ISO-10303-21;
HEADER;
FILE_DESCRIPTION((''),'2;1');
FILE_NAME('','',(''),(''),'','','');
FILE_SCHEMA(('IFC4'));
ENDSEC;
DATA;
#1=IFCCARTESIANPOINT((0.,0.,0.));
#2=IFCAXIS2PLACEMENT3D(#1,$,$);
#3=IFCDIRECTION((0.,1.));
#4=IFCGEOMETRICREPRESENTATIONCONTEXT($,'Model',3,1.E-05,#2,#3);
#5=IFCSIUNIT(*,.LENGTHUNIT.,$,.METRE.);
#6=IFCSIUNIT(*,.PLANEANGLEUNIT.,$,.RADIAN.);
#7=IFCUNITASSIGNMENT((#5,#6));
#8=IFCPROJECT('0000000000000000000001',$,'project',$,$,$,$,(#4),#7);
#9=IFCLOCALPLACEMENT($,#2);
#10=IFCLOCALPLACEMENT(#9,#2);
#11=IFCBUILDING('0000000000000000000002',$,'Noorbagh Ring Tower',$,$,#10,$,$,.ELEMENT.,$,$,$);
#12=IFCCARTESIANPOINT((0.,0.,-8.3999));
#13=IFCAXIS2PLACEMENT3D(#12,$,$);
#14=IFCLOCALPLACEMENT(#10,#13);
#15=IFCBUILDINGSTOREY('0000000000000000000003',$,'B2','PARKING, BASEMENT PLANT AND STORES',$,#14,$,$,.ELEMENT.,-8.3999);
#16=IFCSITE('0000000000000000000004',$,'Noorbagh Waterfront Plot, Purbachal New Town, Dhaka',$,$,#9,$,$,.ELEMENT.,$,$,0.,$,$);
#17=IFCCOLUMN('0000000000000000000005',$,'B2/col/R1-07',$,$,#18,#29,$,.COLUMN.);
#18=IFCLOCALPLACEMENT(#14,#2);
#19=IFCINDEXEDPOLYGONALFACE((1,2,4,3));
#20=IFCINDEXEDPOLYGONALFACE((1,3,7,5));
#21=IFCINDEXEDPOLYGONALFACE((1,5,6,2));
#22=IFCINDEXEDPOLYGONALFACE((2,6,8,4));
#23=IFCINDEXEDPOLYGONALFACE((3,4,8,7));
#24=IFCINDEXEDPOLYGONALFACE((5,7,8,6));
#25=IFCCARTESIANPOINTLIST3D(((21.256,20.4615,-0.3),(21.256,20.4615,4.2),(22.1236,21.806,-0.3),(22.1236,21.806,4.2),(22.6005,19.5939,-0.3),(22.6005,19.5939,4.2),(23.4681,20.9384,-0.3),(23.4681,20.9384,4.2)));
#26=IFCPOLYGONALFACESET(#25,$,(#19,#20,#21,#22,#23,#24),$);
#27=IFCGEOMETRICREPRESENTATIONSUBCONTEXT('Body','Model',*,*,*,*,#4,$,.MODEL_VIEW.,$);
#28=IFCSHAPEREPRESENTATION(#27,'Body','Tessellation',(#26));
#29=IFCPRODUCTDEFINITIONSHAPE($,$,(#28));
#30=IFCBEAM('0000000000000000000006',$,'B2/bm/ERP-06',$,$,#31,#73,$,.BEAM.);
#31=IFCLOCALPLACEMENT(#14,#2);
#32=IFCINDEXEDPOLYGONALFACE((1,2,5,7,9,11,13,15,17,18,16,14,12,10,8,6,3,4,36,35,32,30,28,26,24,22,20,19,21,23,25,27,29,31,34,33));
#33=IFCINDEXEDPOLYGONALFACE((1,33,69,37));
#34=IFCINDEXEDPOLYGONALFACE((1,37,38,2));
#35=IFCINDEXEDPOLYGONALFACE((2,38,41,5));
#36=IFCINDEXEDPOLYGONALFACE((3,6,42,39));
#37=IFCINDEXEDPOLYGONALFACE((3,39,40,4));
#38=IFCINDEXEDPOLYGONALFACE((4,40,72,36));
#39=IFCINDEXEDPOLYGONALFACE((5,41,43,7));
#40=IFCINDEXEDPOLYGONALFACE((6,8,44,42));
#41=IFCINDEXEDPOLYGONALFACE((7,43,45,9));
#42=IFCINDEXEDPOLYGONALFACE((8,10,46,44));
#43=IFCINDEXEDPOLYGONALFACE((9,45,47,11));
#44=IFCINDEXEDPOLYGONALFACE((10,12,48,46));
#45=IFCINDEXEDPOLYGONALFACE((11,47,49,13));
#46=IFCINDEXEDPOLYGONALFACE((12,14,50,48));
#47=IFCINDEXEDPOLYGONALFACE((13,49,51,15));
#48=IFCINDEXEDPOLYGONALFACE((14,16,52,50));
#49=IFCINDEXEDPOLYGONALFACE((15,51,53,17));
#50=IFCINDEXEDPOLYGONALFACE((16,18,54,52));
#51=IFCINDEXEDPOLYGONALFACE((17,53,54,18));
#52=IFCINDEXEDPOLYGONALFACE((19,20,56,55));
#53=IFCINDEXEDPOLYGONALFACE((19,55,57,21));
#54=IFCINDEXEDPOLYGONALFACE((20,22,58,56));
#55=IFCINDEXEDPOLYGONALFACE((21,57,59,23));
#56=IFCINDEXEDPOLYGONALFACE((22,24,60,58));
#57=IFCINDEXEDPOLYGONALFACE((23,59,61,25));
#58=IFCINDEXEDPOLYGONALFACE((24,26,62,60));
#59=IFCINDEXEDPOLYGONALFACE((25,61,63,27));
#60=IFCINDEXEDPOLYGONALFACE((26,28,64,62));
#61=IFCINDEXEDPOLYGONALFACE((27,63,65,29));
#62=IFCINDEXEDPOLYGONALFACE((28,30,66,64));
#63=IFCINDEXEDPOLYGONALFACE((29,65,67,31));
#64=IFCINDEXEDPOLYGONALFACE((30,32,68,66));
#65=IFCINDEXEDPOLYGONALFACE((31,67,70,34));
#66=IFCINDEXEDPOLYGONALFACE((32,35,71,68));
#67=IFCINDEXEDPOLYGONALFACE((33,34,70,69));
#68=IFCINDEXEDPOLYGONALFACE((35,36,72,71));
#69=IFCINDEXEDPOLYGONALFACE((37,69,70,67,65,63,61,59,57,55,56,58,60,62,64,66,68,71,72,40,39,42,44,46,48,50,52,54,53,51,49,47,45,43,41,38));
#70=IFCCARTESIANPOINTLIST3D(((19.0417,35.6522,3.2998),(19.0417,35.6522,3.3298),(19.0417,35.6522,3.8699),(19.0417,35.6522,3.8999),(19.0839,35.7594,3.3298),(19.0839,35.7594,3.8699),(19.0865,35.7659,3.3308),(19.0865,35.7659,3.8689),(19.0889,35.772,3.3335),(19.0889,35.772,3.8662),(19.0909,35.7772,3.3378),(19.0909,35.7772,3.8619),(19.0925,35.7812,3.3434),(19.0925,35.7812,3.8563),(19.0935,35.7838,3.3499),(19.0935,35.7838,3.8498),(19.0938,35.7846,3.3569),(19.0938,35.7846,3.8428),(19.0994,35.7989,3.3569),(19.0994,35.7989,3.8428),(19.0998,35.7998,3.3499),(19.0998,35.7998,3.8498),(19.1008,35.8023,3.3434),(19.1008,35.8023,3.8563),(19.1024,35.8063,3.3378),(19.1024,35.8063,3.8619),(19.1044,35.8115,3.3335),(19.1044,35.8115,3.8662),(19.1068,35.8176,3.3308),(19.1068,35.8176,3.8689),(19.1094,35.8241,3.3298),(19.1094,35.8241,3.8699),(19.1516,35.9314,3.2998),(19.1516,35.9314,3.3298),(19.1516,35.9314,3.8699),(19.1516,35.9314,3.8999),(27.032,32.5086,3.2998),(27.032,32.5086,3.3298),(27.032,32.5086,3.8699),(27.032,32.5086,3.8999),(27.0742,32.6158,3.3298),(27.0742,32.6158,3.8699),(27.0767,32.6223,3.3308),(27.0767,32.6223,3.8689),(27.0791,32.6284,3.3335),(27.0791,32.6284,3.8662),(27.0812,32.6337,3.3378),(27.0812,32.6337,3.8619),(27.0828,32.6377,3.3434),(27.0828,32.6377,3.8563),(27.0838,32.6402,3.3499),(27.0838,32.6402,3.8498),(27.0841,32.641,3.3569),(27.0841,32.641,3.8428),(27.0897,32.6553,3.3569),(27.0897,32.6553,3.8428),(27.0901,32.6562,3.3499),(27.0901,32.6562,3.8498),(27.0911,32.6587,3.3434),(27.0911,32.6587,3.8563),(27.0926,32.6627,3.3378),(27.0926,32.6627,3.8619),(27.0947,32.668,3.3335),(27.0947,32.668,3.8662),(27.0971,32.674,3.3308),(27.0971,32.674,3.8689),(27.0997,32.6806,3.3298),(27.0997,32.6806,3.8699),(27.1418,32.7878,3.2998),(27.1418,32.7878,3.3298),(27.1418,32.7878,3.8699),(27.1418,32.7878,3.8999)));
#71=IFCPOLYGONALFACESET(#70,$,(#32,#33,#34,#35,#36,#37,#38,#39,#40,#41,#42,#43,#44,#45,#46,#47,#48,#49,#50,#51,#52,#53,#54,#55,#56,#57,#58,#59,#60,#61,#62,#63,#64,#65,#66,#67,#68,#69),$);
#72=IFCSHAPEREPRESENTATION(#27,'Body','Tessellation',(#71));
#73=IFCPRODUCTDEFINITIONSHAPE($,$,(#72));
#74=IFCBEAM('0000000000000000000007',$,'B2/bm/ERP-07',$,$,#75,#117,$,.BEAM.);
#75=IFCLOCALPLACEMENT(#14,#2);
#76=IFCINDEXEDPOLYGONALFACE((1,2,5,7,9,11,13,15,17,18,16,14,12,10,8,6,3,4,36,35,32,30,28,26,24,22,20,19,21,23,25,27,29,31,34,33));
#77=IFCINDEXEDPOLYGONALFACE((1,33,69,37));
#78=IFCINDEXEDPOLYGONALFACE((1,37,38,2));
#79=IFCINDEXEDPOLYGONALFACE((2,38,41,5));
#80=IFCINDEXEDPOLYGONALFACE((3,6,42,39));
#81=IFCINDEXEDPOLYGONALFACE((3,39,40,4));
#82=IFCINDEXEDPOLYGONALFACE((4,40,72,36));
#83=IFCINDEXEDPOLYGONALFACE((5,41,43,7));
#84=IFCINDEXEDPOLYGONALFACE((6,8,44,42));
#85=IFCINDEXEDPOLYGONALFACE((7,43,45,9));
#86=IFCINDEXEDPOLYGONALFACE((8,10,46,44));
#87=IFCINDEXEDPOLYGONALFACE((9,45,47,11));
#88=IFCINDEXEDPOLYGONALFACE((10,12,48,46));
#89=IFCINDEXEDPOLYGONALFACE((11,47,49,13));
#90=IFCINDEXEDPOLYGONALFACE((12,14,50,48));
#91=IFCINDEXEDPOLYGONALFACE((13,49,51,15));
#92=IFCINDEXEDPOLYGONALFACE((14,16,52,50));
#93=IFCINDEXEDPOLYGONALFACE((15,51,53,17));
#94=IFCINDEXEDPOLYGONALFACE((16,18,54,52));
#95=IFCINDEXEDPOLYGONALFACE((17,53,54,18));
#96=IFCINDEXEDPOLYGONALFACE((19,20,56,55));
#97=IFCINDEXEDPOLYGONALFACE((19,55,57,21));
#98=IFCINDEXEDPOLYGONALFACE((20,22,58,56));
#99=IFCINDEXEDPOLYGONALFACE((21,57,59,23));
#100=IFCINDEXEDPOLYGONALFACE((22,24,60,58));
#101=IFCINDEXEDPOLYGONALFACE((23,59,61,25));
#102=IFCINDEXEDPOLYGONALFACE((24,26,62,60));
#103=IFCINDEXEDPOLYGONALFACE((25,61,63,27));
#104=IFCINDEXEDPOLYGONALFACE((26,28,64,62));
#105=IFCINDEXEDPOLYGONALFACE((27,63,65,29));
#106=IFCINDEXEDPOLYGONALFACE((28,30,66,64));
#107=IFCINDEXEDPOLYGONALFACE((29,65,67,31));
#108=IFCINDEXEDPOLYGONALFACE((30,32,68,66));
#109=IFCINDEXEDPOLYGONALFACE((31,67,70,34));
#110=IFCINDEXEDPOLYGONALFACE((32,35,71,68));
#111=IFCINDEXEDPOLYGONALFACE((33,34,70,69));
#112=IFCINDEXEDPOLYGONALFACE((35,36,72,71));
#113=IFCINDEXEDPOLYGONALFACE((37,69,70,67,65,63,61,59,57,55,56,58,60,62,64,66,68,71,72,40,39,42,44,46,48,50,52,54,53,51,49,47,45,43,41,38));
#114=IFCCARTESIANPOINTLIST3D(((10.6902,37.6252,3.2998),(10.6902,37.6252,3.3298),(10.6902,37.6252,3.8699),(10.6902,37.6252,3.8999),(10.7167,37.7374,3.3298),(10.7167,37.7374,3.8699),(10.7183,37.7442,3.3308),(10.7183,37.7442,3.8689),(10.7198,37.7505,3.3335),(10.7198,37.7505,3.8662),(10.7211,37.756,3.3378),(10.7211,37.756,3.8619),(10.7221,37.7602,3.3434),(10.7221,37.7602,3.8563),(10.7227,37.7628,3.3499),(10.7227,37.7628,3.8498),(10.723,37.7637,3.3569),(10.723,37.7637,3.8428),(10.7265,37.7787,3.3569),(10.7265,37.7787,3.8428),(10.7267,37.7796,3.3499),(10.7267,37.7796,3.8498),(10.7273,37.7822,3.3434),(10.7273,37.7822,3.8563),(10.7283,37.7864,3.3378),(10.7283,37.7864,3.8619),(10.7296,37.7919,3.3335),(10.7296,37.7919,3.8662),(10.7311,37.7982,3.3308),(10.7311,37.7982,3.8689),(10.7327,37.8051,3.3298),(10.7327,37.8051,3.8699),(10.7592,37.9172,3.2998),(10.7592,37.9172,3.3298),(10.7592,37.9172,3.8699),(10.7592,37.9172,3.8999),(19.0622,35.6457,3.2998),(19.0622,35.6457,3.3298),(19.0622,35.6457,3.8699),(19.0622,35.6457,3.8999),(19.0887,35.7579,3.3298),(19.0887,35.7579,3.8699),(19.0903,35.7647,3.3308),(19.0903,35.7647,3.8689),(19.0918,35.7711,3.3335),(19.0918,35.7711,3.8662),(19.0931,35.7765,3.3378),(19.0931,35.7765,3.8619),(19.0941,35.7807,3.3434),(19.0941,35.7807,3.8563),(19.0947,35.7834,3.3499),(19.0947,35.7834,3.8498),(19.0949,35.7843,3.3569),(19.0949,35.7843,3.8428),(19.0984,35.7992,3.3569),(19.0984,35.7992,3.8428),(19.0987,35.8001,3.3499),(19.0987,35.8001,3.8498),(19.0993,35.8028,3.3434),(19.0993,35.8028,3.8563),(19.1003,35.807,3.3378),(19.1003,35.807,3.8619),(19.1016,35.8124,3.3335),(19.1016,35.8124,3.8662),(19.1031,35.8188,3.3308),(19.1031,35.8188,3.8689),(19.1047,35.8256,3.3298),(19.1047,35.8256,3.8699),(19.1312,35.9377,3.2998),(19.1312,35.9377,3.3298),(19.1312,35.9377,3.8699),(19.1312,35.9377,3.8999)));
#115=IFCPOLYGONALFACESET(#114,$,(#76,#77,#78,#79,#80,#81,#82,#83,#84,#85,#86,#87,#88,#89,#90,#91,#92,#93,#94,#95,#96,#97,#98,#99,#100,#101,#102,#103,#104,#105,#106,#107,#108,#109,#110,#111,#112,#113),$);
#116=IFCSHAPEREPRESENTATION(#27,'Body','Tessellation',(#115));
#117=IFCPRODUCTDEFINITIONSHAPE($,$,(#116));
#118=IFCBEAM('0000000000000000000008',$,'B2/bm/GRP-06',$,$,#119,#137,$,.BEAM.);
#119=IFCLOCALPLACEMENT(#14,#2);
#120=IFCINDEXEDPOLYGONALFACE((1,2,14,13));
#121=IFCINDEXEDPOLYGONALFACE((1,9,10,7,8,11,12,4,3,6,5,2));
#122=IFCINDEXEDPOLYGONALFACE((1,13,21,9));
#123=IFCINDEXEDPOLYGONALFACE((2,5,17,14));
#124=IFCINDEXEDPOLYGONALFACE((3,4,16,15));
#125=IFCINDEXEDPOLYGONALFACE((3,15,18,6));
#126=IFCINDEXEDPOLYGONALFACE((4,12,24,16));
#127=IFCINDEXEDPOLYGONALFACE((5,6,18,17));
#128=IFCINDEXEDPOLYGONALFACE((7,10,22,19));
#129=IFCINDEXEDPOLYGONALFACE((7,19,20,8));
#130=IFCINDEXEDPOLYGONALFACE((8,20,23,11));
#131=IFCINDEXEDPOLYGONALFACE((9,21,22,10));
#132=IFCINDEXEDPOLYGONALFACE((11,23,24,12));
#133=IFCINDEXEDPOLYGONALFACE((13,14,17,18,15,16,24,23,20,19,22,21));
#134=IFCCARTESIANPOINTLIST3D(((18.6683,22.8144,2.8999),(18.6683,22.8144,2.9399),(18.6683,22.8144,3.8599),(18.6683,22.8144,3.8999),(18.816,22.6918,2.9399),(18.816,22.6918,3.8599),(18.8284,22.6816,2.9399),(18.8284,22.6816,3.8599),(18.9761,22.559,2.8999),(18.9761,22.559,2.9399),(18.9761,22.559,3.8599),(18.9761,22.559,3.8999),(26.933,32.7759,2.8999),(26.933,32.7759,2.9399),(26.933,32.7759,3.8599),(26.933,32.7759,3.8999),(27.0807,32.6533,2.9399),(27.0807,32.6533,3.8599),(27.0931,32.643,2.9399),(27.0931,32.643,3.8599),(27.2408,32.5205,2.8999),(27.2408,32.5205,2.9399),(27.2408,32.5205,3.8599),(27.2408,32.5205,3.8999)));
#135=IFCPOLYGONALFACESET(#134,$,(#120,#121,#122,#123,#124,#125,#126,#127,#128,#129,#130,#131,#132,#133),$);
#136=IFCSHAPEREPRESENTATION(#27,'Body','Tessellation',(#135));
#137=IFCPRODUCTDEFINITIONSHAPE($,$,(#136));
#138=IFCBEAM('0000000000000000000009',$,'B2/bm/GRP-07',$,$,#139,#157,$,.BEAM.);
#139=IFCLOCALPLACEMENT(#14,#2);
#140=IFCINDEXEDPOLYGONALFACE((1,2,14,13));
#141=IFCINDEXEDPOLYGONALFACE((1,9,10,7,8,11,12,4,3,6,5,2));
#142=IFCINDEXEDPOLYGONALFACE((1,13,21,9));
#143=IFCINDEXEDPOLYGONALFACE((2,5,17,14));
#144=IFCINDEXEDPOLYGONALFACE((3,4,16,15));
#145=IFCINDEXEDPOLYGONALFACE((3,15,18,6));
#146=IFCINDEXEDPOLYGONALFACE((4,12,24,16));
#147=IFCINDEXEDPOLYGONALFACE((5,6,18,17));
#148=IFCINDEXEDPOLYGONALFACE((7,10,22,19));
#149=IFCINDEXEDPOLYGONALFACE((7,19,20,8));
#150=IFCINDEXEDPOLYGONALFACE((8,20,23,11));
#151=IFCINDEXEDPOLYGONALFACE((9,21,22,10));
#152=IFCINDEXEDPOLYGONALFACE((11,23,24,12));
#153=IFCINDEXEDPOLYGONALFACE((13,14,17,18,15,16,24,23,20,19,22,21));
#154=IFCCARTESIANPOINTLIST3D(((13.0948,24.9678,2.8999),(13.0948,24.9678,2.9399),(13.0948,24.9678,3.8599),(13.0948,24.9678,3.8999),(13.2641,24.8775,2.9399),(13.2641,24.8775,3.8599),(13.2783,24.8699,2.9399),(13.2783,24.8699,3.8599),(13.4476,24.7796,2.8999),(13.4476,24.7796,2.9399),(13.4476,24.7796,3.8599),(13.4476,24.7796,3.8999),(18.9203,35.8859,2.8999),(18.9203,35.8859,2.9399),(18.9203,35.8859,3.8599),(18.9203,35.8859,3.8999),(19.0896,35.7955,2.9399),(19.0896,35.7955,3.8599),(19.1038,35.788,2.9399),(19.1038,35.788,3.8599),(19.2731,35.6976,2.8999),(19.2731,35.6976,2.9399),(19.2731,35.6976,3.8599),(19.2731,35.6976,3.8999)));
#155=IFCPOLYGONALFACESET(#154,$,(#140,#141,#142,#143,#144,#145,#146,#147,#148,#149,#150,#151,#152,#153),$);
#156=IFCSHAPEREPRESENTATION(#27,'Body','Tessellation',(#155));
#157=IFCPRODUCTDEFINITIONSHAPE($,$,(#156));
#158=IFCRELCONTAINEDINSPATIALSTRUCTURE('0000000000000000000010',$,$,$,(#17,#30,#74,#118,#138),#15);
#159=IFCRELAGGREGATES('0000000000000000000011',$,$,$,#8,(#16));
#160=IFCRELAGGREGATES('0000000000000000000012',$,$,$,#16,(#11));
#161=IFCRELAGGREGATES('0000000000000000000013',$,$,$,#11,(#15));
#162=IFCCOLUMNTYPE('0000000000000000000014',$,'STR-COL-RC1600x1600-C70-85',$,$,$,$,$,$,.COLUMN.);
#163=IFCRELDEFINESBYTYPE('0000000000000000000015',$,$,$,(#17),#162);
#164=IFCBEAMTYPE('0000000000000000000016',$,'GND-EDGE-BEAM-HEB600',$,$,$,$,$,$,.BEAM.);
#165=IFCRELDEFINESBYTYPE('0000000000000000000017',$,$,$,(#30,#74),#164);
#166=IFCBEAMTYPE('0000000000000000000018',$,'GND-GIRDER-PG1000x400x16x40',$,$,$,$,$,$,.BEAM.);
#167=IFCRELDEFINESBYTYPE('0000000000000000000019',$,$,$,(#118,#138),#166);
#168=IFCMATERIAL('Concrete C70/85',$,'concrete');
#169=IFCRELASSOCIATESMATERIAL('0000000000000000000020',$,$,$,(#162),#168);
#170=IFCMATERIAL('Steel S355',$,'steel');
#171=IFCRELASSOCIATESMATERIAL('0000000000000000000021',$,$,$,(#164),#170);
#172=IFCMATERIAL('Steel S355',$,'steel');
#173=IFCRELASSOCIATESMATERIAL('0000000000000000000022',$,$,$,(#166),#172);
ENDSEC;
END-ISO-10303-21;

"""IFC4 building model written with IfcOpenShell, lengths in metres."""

from ifc_helpers import new_model, si_unit, direction, frame, origin, origin_2d, place, context, subcontext, project, spatial, rectangle, i_section, extrude, material, material_profile, profile_set, type_object, element, save


model = new_model("IFC4")

# Units and contexts
model_context = context("Model", 3, precision=1e-05, world=origin(), true_north=direction((0.0, 1.0)))
body_context = subcontext(model_context, "Body", "Model", "MODEL_VIEW")
ifc_project = project(units=[si_unit("LENGTHUNIT", "METRE"), si_unit("PLANEANGLEUNIT", "RADIAN")], contexts=[model_context])

# Site, building, storey
site_placement = place(None, origin())
site = spatial("IfcSite", under=ifc_project, at=site_placement, Name="Noorbagh Waterfront Plot, Purbachal New Town, Dhaka", CompositionType="ELEMENT", RefElevation=0.0)
building_placement = place(site_placement, origin())
building = spatial("IfcBuilding", under=site, at=building_placement, Name="Noorbagh Ring Tower", CompositionType="ELEMENT")
storey_placement = place(building_placement, frame((0.0, 0.0, -8.3999)))
storey = spatial("IfcBuildingStorey", under=building, at=storey_placement, Name="B2", Description="PARKING, BASEMENT PLANT AND STORES", CompositionType="ELEMENT", Elevation=-8.3999)

# Column
ifc_material_1 = material(Name="Concrete C70/85", Category="concrete")
ifc_material_profile_1 = material_profile(ifc_material_1, rectangle(XDim=1.6001, YDim=1.6001, at=origin_2d()), Name="RC1600x1600")
ifc_profile_set_1 = profile_set([ifc_material_profile_1], Name="Concrete C70/85")
column_type_1 = type_object("IfcColumnType", Name="STR-COL-RC1600x1600-C70-85", PredefinedType="COLUMN", material=ifc_profile_set_1)
for number, where, z_axis, x_axis, name in (
    (1, (22.3621, 20.7, -0.3), (0.0, 0.0, 1.0), (-0.840248, 0.542203, 0.0), "B2/col/R1-07"),
):
    element("IfcColumn", number, at=place(storey_placement, frame(where, z_axis=z_axis, x_axis=x_axis)), inside=storey, type_object=column_type_1, Name=name, PredefinedType="COLUMN", context=body_context, shape_type="SweptSolid", body=[
        extrude(rectangle(XDim=1.6001, YDim=1.6001, at=origin_2d()), origin(), (0.0, 0.0, 1.0), 4.5),
    ])

# Beams
ifc_material_2 = material(Name="Steel S355", Category="steel")
ifc_material_profile_2 = material_profile(ifc_material_2, i_section(OverallWidth=0.3, OverallDepth=0.6001, WebThickness=0.0154, FlangeThickness=0.03, FilletRadius=0.0271, at=origin_2d()), Name="HEB600")
ifc_profile_set_2 = profile_set([ifc_material_profile_2], Name="Steel S355")
beam_type_1 = type_object("IfcBeamType", Name="GND-EDGE-BEAM-HEB600", PredefinedType="BEAM", material=ifc_profile_set_2)
beam_1_placement = place(storey_placement, frame((27.0869, 32.6482, 3.5999), z_axis=(-0.930572, 0.36611, 0.0), x_axis=(-0.36611, -0.930572, 0.0)))
element("IfcBeam", 2, at=beam_1_placement, inside=storey, type_object=beam_type_1, Name="B2/bm/ERP-06", PredefinedType="BEAM", context=body_context, shape_type="SweptSolid", body=[
    extrude(i_section(OverallWidth=0.3, OverallDepth=0.6001, WebThickness=0.0154, FlangeThickness=0.03, FilletRadius=0.0271, at=origin_2d()), origin(), (0.0, 0.0, 1.0), 8.5864),
])
beam_2_placement = place(storey_placement, frame((19.0967, 35.7917, 3.5999), z_axis=(-0.973168, 0.230096, 0.0), x_axis=(-0.230096, -0.973168, 0.0)))
element("IfcBeam", 3, at=beam_2_placement, inside=storey, type_object=beam_type_1, Name="B2/bm/ERP-07", PredefinedType="BEAM", context=body_context, shape_type="SweptSolid", body=[
    extrude(i_section(OverallWidth=0.3, OverallDepth=0.6001, WebThickness=0.0154, FlangeThickness=0.03, FilletRadius=0.0271, at=origin_2d()), origin(), (0.0, 0.0, 1.0), 8.6028),
])
ifc_material_3 = material(Name="Steel S355", Category="steel")
ifc_material_profile_3 = material_profile(ifc_material_3, i_section(OverallWidth=0.3999, OverallDepth=1.0, WebThickness=0.0161, FlangeThickness=0.04, at=origin_2d()), Name="PG1000x400x16x40")
ifc_profile_set_3 = profile_set([ifc_material_profile_3], Name="Steel S355")
beam_type_2 = type_object("IfcBeamType", Name="GND-GIRDER-PG1000x400x16x40", PredefinedType="BEAM", material=ifc_profile_set_3)
beam_3_placement = place(storey_placement, frame((27.0869, 32.6482, 3.3999), z_axis=(-0.638517, -0.769608, 0.0), x_axis=(0.769608, -0.638517, 0.0)))
element("IfcBeam", 4, at=beam_3_placement, inside=storey, type_object=beam_type_2, Name="B2/bm/GRP-06", PredefinedType="BEAM", context=body_context, shape_type="SweptSolid", body=[
    extrude(i_section(OverallWidth=0.3999, OverallDepth=1.0, WebThickness=0.0161, FlangeThickness=0.04, at=origin_2d()), origin(), (0.0, 0.0, 1.0), 12.9436),
])
beam_4_placement = place(storey_placement, frame((19.0967, 35.7917, 3.3999), z_axis=(-0.470747, -0.882268, 0.0), x_axis=(0.882268, -0.470747, 0.0)))
element("IfcBeam", 5, at=beam_4_placement, inside=storey, type_object=beam_type_2, Name="B2/bm/GRP-07", PredefinedType="BEAM", context=body_context, shape_type="SweptSolid", body=[
    extrude(i_section(OverallWidth=0.3999, OverallDepth=1.0, WebThickness=0.0161, FlangeThickness=0.04, at=origin_2d()), origin(), (0.0, 0.0, 1.0), 12.375),
])

save(model, "model.ifc")
